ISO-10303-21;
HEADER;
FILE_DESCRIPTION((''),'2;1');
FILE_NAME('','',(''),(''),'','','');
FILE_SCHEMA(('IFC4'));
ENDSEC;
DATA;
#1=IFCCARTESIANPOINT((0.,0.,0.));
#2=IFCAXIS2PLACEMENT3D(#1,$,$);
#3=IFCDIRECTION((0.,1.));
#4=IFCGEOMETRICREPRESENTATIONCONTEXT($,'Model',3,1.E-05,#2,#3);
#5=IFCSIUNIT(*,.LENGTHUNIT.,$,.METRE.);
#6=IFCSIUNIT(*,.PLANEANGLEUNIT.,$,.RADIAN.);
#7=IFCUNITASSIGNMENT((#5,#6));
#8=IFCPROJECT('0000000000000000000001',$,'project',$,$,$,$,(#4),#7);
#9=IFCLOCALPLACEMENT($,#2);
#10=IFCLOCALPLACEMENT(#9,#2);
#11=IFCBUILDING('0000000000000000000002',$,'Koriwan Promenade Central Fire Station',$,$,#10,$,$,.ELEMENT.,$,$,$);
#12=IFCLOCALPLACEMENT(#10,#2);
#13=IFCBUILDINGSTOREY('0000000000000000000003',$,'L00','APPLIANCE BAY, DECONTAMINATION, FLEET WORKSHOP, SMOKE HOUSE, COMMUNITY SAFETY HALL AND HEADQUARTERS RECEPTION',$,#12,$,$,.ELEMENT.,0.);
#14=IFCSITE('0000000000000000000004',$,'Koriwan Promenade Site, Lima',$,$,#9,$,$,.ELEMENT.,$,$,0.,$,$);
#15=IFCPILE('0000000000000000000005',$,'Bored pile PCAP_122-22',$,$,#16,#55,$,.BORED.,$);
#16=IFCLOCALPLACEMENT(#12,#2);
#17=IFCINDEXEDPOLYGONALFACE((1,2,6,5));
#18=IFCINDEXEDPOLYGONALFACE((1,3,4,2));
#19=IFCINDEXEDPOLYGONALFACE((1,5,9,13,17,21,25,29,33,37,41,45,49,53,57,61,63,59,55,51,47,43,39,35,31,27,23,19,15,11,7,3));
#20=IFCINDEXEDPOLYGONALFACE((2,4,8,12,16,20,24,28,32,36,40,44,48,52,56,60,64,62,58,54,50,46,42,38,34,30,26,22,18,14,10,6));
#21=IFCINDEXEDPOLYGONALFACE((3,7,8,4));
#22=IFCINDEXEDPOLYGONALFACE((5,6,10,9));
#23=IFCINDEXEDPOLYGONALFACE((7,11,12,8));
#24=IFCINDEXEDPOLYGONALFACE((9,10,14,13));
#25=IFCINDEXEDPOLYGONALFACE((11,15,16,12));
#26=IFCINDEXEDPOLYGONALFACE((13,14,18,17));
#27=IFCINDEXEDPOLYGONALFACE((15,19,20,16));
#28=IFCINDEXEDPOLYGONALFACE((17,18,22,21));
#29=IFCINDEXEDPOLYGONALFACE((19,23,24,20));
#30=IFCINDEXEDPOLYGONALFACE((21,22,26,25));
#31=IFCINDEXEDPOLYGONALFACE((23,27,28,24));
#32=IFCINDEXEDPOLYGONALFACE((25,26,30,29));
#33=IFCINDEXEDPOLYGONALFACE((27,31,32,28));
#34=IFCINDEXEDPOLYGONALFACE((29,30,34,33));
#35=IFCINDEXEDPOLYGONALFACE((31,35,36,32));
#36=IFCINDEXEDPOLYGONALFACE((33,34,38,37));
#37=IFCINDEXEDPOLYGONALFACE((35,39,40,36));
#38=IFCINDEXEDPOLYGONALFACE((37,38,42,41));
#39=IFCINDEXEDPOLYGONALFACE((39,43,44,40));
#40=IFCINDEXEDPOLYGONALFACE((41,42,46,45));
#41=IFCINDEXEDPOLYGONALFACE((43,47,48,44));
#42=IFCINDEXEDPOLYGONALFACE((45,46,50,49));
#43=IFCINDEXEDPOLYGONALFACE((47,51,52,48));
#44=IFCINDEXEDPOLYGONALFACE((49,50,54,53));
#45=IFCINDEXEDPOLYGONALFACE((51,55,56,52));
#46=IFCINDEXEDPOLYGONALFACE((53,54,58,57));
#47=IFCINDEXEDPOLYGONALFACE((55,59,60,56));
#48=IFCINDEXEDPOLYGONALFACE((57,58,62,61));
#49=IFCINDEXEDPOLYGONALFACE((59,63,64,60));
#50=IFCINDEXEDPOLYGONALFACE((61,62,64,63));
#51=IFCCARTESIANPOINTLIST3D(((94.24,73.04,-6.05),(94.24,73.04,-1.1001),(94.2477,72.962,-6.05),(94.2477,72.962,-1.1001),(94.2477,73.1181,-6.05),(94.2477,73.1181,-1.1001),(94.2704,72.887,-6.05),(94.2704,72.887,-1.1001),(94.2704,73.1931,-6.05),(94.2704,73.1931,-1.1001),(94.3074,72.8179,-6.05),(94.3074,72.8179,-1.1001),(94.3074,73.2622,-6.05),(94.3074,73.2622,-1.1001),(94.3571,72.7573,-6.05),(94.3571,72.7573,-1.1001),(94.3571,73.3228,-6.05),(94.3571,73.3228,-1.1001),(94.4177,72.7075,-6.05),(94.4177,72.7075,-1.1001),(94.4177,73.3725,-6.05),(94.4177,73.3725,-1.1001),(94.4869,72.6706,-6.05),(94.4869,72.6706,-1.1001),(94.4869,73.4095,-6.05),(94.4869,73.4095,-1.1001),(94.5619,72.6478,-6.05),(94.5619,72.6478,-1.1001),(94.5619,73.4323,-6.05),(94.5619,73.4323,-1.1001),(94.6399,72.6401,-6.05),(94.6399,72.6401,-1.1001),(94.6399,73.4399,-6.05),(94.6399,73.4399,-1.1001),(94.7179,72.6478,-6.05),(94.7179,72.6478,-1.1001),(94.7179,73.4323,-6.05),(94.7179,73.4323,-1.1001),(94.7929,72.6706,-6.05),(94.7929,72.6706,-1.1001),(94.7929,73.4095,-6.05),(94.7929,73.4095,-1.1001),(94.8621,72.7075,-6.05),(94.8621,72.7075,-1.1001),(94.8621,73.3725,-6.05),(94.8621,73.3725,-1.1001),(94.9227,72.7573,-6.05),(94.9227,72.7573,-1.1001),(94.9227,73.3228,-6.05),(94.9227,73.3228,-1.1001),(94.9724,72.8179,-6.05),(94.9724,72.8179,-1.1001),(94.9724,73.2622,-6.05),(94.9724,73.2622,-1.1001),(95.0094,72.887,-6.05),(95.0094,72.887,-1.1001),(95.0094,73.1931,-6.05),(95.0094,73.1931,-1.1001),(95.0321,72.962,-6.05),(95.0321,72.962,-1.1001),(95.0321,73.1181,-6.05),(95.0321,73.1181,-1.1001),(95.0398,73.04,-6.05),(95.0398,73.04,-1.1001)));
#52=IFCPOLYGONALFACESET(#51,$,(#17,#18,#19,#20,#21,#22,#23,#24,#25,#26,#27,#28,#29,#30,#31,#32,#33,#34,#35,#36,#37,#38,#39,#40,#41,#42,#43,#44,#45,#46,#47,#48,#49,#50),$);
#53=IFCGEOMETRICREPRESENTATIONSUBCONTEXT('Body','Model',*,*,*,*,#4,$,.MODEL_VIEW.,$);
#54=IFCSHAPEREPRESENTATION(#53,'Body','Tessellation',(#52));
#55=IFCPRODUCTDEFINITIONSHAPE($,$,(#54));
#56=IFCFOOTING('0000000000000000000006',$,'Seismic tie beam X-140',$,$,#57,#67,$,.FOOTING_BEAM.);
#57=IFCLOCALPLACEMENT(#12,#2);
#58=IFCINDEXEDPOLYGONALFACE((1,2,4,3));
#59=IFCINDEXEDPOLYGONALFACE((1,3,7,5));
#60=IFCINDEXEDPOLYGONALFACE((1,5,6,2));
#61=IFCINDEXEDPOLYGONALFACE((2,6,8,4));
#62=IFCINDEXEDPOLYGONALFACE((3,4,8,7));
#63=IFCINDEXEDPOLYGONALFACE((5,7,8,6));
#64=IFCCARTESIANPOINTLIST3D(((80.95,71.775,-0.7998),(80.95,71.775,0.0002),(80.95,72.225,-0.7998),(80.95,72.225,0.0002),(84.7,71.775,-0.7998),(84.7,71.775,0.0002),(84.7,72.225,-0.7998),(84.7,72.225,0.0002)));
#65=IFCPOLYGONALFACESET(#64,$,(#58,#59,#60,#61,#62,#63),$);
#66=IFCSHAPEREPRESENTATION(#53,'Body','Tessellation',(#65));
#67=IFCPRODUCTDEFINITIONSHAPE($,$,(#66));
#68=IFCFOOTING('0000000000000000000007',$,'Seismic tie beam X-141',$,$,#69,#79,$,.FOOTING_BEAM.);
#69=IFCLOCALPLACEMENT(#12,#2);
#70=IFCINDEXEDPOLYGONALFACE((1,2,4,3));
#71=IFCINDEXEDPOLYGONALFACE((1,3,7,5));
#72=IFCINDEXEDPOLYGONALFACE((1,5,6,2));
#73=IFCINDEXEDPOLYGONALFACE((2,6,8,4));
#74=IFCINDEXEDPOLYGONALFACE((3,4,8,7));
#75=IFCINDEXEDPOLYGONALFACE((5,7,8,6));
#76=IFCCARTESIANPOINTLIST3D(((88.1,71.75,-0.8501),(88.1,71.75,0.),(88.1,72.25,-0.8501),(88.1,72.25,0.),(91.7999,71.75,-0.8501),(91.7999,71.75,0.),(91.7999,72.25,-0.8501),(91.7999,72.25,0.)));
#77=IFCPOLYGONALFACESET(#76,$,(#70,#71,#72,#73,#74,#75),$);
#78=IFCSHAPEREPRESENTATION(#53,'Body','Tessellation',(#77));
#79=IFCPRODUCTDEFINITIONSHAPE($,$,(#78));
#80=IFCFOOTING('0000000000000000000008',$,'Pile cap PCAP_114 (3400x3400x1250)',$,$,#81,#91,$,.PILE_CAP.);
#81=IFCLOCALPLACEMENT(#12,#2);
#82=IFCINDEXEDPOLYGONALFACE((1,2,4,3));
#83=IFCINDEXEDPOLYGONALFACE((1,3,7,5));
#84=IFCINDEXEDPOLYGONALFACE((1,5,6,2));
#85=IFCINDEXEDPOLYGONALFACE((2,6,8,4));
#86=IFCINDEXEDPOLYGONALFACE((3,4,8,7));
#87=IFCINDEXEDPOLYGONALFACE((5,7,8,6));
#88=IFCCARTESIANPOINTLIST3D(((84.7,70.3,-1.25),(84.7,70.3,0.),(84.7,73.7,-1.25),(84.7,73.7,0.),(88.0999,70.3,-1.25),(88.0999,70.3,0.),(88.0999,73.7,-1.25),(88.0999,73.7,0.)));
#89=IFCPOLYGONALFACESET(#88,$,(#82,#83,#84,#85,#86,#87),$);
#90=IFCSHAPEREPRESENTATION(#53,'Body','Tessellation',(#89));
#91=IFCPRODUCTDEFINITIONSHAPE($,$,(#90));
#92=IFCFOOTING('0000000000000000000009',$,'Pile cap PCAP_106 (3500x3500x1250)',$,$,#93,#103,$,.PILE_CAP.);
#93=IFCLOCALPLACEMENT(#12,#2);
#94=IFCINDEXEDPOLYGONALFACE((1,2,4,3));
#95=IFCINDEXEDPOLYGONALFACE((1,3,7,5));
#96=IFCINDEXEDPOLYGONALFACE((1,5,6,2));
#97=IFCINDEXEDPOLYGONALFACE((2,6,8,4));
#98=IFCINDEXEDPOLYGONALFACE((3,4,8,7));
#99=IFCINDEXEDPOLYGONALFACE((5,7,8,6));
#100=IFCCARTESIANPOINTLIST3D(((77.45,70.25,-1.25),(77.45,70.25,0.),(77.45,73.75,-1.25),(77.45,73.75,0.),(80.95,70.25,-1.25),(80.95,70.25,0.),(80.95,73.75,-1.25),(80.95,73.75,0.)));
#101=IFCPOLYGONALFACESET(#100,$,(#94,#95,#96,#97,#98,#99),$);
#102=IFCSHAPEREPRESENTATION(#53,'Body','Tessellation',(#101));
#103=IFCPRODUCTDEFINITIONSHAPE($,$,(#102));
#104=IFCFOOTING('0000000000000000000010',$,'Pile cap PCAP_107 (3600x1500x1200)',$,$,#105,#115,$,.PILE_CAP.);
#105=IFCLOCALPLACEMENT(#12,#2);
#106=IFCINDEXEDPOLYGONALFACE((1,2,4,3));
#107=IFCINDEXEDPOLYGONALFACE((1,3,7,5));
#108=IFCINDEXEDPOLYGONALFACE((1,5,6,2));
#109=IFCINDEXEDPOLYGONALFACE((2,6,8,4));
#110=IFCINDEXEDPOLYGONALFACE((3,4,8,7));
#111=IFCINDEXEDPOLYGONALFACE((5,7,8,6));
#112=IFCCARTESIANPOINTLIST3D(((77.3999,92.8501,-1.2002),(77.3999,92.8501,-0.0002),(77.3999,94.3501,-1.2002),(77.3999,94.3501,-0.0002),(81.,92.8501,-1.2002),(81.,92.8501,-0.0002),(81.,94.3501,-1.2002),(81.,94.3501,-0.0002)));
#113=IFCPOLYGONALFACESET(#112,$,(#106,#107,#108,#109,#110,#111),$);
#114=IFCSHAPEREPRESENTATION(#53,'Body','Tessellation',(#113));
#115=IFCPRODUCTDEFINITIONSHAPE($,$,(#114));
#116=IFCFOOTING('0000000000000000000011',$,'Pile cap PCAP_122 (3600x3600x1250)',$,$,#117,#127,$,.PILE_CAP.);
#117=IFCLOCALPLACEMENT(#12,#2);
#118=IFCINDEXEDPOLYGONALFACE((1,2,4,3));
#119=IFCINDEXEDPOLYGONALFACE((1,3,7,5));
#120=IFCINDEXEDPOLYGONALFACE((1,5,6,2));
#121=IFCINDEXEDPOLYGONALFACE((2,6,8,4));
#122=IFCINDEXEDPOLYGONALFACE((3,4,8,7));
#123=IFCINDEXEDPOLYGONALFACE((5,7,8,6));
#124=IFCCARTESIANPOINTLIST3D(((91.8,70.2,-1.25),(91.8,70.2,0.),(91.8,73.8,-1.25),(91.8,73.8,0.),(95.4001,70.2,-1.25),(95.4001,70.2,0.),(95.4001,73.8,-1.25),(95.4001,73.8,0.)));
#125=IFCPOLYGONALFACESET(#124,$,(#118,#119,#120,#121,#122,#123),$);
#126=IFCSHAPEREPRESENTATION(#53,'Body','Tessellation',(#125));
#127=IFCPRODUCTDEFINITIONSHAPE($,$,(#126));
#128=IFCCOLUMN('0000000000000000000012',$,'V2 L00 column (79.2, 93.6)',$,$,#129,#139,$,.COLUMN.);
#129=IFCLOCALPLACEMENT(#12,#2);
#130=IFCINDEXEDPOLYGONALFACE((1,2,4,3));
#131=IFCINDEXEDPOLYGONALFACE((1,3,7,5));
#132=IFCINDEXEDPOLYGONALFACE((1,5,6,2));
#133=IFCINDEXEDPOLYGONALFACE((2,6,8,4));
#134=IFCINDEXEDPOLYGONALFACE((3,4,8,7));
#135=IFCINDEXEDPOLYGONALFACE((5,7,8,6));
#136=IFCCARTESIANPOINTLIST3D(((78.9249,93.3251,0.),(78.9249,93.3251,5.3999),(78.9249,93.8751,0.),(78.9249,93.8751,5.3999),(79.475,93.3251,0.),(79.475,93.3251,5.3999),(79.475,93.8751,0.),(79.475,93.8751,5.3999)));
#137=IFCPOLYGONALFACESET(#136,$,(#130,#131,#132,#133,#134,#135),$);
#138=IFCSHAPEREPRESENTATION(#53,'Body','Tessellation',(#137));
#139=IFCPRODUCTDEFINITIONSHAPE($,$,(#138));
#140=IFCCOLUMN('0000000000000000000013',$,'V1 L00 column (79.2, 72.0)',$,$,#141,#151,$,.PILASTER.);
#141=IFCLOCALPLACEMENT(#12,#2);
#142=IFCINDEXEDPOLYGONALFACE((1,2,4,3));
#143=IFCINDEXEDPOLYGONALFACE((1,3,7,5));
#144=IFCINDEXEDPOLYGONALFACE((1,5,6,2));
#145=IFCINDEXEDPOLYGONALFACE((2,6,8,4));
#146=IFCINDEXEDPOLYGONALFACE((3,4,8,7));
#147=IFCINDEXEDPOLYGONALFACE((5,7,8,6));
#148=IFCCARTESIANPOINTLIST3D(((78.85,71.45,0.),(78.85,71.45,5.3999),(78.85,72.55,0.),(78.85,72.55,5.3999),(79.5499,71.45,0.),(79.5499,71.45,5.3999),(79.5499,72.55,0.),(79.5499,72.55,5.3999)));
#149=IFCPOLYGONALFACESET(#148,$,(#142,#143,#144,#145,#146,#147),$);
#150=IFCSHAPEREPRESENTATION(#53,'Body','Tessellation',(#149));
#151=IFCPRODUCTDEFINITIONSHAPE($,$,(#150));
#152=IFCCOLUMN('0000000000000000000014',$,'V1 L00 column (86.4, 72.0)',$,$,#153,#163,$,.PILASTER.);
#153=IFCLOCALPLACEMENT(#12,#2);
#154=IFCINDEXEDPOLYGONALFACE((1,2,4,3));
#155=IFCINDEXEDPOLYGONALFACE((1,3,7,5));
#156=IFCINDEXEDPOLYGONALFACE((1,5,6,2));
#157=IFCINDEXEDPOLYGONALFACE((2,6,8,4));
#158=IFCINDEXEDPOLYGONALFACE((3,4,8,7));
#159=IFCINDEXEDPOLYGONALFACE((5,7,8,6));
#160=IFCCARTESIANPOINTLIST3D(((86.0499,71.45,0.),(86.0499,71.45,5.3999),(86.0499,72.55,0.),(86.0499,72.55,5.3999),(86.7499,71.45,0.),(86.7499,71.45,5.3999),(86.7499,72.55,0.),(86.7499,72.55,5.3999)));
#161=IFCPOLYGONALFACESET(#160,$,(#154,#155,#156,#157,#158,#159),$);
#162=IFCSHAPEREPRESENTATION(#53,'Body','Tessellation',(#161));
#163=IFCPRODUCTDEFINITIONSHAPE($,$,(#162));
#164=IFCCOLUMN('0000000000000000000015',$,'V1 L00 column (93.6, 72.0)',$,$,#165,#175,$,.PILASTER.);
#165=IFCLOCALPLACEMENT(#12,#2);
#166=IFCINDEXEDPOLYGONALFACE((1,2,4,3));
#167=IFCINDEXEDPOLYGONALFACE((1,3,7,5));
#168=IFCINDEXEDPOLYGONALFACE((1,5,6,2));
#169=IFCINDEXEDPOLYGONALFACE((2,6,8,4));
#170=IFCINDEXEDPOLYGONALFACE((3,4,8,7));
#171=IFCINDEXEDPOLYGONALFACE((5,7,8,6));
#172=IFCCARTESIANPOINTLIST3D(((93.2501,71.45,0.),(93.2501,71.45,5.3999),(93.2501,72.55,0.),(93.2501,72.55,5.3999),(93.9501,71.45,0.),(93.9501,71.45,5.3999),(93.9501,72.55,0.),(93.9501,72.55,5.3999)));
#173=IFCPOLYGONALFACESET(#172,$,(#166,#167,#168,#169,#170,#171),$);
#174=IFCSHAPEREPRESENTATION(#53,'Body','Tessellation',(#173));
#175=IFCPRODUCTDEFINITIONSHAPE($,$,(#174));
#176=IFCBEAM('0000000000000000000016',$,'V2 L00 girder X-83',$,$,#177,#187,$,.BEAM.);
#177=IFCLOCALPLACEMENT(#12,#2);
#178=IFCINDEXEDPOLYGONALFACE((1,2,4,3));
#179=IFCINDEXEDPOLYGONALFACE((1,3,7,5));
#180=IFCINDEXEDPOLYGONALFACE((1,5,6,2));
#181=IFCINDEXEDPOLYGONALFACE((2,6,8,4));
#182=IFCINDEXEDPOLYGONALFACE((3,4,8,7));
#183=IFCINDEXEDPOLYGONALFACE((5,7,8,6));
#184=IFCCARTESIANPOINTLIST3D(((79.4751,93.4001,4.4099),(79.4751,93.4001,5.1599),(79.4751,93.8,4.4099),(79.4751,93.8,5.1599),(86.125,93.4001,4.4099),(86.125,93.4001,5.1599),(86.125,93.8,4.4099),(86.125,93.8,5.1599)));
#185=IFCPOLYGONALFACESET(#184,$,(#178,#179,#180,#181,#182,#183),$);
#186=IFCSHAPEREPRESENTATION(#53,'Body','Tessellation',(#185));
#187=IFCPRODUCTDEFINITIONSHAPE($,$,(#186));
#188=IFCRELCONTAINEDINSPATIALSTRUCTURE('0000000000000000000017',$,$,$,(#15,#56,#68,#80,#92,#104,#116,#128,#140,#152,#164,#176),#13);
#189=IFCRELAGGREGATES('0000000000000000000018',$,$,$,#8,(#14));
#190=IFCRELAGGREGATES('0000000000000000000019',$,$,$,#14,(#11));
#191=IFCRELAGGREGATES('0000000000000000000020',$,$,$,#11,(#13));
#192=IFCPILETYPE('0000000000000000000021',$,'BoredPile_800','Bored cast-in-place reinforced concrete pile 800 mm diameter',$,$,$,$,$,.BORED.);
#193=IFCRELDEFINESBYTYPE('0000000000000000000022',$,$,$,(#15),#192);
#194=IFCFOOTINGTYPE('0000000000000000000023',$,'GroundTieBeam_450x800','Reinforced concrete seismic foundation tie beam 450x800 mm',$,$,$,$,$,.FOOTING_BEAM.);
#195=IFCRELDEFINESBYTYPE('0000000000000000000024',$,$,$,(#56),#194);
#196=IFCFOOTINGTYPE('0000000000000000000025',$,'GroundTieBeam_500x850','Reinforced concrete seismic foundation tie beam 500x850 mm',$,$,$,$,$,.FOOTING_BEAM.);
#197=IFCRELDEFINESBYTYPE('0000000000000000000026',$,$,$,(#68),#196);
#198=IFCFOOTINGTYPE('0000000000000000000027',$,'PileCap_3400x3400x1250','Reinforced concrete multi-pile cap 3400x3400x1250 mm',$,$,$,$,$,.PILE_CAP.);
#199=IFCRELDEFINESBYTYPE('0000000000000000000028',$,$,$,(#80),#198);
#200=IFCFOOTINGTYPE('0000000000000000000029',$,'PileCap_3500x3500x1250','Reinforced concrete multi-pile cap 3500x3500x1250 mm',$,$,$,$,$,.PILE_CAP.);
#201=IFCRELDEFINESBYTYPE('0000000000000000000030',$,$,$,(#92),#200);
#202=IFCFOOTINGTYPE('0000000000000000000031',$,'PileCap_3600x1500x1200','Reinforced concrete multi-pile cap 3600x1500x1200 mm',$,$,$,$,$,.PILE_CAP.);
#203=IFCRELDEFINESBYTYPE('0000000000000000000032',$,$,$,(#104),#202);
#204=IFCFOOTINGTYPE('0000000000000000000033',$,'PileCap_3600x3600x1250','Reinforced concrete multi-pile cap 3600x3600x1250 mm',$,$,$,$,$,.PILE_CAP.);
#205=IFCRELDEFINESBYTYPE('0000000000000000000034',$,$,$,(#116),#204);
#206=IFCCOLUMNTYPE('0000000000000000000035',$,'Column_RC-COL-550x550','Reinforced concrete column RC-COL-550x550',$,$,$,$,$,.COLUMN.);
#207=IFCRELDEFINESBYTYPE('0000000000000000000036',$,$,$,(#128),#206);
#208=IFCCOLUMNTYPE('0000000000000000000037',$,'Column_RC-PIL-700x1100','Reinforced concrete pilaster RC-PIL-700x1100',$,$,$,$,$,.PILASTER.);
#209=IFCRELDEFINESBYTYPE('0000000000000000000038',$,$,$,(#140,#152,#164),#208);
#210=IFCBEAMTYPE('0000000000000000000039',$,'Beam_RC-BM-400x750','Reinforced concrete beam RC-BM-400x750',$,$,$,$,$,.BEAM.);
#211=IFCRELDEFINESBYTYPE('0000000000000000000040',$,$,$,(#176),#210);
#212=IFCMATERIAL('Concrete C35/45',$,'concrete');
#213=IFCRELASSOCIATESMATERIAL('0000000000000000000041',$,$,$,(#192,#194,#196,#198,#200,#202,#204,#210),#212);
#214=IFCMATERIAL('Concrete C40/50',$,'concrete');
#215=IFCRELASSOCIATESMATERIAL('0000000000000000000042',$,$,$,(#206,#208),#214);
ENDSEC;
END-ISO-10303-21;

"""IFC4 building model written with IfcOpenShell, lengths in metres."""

from ifc_helpers import new_model, si_unit, direction, frame, origin, origin_2d, place, context, subcontext, project, spatial, rectangle, circle, extrude, material, material_profile, profile_set, type_object, element, save


model = new_model("IFC4")

# Units and contexts
model_context = context("Model", 3, precision=1e-05, world=origin(), true_north=direction((0.0, 1.0)))
body_context = subcontext(model_context, "Body", "Model", "MODEL_VIEW")
ifc_project = project(units=[si_unit("LENGTHUNIT", "METRE"), si_unit("PLANEANGLEUNIT", "RADIAN")], contexts=[model_context])

# Site, building, storey
site_placement = place(None, origin())
site = spatial("IfcSite", under=ifc_project, at=site_placement, Name="Koriwan Promenade Site, Lima", CompositionType="ELEMENT", RefElevation=0.0)
building_placement = place(site_placement, origin())
building = spatial("IfcBuilding", under=site, at=building_placement, Name="Koriwan Promenade Central Fire Station", CompositionType="ELEMENT")
storey_placement = place(building_placement, origin())
storey = spatial("IfcBuildingStorey", under=building, at=storey_placement, Name="L00", Description="APPLIANCE BAY, DECONTAMINATION, FLEET WORKSHOP, SMOKE HOUSE, COMMUNITY SAFETY HALL AND HEADQUARTERS RECEPTION", CompositionType="ELEMENT", Elevation=0.0)

# Pile
ifc_material_1 = material(Name="Concrete C35/45", Category="concrete")
ifc_material_profile_1 = material_profile(ifc_material_1, circle(Radius=0.3999, at=origin_2d()), Name="PILE-D800")
ifc_profile_set_1 = profile_set([ifc_material_profile_1], Name="Concrete C35/45")
pile_type = type_object("IfcPileType", Name="BoredPile_800", Description="Bored cast-in-place reinforced concrete pile 800 mm diameter", PredefinedType="BORED", material=ifc_profile_set_1)
for number, where, z_axis, x_axis, name in (
    (1, (94.6399, 73.04, -1.1001), (0.0, 0.0, -1.0), (1.0, 0.0, 0.0), "Bored pile PCAP_122-22"),
):
    element("IfcPile", number, at=place(storey_placement, frame(where, z_axis=z_axis, x_axis=x_axis)), inside=storey, type_object=pile_type, Name=name, PredefinedType="BORED", context=body_context, shape_type="SweptSolid", body=[
        extrude(circle(Radius=0.3999, at=origin_2d()), origin(), (0.0, 0.0, 1.0), 4.95),
    ])

# Footings
footing_type_1 = type_object("IfcFootingType", Name="GroundTieBeam_450x800", Description="Reinforced concrete seismic foundation tie beam 450x800 mm", PredefinedType="FOOTING_BEAM", material=ifc_material_1)
footing_1_placement = place(storey_placement, frame((82.825, 72.0, -0.7998), z_axis=(0.0, 0.0, 1.0), x_axis=(1.0, 0.0, 0.0)))
element("IfcFooting", 2, at=footing_1_placement, inside=storey, type_object=footing_type_1, Name="Seismic tie beam X-140", PredefinedType="FOOTING_BEAM", context=body_context, shape_type="SweptSolid", body=[
    extrude(rectangle(XDim=3.75, YDim=0.45, at=origin_2d()), origin(), (0.0, 0.0, 1.0), 0.8),
])
footing_type_2 = type_object("IfcFootingType", Name="GroundTieBeam_500x850", Description="Reinforced concrete seismic foundation tie beam 500x850 mm", PredefinedType="FOOTING_BEAM", material=ifc_material_1)
footing_2_placement = place(storey_placement, frame((89.95, 72.0, -0.8501), z_axis=(0.0, 0.0, 1.0), x_axis=(1.0, 0.0, 0.0)))
element("IfcFooting", 3, at=footing_2_placement, inside=storey, type_object=footing_type_2, Name="Seismic tie beam X-141", PredefinedType="FOOTING_BEAM", context=body_context, shape_type="SweptSolid", body=[
    extrude(rectangle(XDim=3.7, YDim=0.5, at=origin_2d()), origin(), (0.0, 0.0, 1.0), 0.8501),
])
footing_type_3 = type_object("IfcFootingType", Name="PileCap_3400x3400x1250", Description="Reinforced concrete multi-pile cap 3400x3400x1250 mm", PredefinedType="PILE_CAP", material=ifc_material_1)
footing_3_placement = place(storey_placement, frame((86.3999, 72.0, -1.25), z_axis=(0.0, 0.0, 1.0), x_axis=(1.0, 0.0, 0.0)))
element("IfcFooting", 4, at=footing_3_placement, inside=storey, type_object=footing_type_3, Name="Pile cap PCAP_114 (3400x3400x1250)", PredefinedType="PILE_CAP", context=body_context, shape_type="SweptSolid", body=[
    extrude(rectangle(XDim=3.3999, YDim=3.3999, at=origin_2d()), origin(), (0.0, 0.0, 1.0), 1.25),
])
footing_type_4 = type_object("IfcFootingType", Name="PileCap_3500x3500x1250", Description="Reinforced concrete multi-pile cap 3500x3500x1250 mm", PredefinedType="PILE_CAP", material=ifc_material_1)
footing_4_placement = place(storey_placement, frame((79.2, 72.0, -1.25), z_axis=(0.0, 0.0, 1.0), x_axis=(1.0, 0.0, 0.0)))
element("IfcFooting", 5, at=footing_4_placement, inside=storey, type_object=footing_type_4, Name="Pile cap PCAP_106 (3500x3500x1250)", PredefinedType="PILE_CAP", context=body_context, shape_type="SweptSolid", body=[
    extrude(rectangle(XDim=3.5, YDim=3.5, at=origin_2d()), origin(), (0.0, 0.0, 1.0), 1.25),
])
footing_type_5 = type_object("IfcFootingType", Name="PileCap_3600x1500x1200", Description="Reinforced concrete multi-pile cap 3600x1500x1200 mm", PredefinedType="PILE_CAP", material=ifc_material_1)
footing_5_placement = place(storey_placement, frame((79.2, 93.6001, -1.2002), z_axis=(0.0, 0.0, 1.0), x_axis=(1.0, 0.0, 0.0)))
element("IfcFooting", 6, at=footing_5_placement, inside=storey, type_object=footing_type_5, Name="Pile cap PCAP_107 (3600x1500x1200)", PredefinedType="PILE_CAP", context=body_context, shape_type="SweptSolid", body=[
    extrude(rectangle(XDim=3.6001, YDim=1.5, at=origin_2d()), origin(), (0.0, 0.0, 1.0), 1.2),
])
footing_type_6 = type_object("IfcFootingType", Name="PileCap_3600x3600x1250", Description="Reinforced concrete multi-pile cap 3600x3600x1250 mm", PredefinedType="PILE_CAP", material=ifc_material_1)
footing_6_placement = place(storey_placement, frame((93.6001, 72.0, -1.25), z_axis=(0.0, 0.0, 1.0), x_axis=(1.0, 0.0, 0.0)))
element("IfcFooting", 7, at=footing_6_placement, inside=storey, type_object=footing_type_6, Name="Pile cap PCAP_122 (3600x3600x1250)", PredefinedType="PILE_CAP", context=body_context, shape_type="SweptSolid", body=[
    extrude(rectangle(XDim=3.6001, YDim=3.6001, at=origin_2d()), origin(), (0.0, 0.0, 1.0), 1.25),
])

# Columns
ifc_material_2 = material(Name="Concrete C40/50", Category="concrete")
ifc_material_profile_2 = material_profile(ifc_material_2, rectangle(XDim=0.55, YDim=0.55, at=origin_2d()), Name="RC-COL-550x550")
ifc_profile_set_2 = profile_set([ifc_material_profile_2], Name="Concrete C40/50")
column_type_1 = type_object("IfcColumnType", Name="Column_RC-COL-550x550", Description="Reinforced concrete column RC-COL-550x550", PredefinedType="COLUMN", material=ifc_profile_set_2)
column_placement = place(storey_placement, frame((79.2, 93.6001, 0.0), z_axis=(0.0, 0.0, 1.0), x_axis=(1.0, 0.0, 0.0)))
element("IfcColumn", 8, at=column_placement, inside=storey, type_object=column_type_1, Name="V2 L00 column (79.2, 93.6)", PredefinedType="COLUMN", context=body_context, shape_type="SweptSolid", body=[
    extrude(rectangle(XDim=0.55, YDim=0.55, at=origin_2d()), origin(), (0.0, 0.0, 1.0), 5.3999),
])
ifc_material_profile_3 = material_profile(ifc_material_2, rectangle(XDim=0.7, YDim=1.1001, at=origin_2d()), Name="RC-PIL-700x1100")
ifc_profile_set_3 = profile_set([ifc_material_profile_3], Name="Concrete C40/50")
column_type_2 = type_object("IfcColumnType", Name="Column_RC-PIL-700x1100", Description="Reinforced concrete pilaster RC-PIL-700x1100", PredefinedType="PILASTER", material=ifc_profile_set_3)
for number, where, z_axis, x_axis, name in (
    (9, (79.2, 72.0, 0.0), (0.0, 0.0, 1.0), (1.0, 0.0, 0.0), "V1 L00 column (79.2, 72.0)"),
    (10, (86.3999, 72.0, 0.0), (0.0, 0.0, 1.0), (1.0, 0.0, 0.0), "V1 L00 column (86.4, 72.0)"),
    (11, (93.6001, 72.0, 0.0), (0.0, 0.0, 1.0), (1.0, 0.0, 0.0), "V1 L00 column (93.6, 72.0)"),
):
    element("IfcColumn", number, at=place(storey_placement, frame(where, z_axis=z_axis, x_axis=x_axis)), inside=storey, type_object=column_type_2, Name=name, PredefinedType="PILASTER", context=body_context, shape_type="SweptSolid", body=[
        extrude(rectangle(XDim=0.7, YDim=1.1001, at=origin_2d()), origin(), (0.0, 0.0, 1.0), 5.3999),
    ])

# Beam
ifc_material_profile_4 = material_profile(ifc_material_1, rectangle(XDim=0.3999, YDim=0.75, at=origin_2d()), Name="RC-BM-400x750")
ifc_profile_set_4 = profile_set([ifc_material_profile_4], Name="Concrete C35/45")
beam_type_1 = type_object("IfcBeamType", Name="Beam_RC-BM-400x750", Description="Reinforced concrete beam RC-BM-400x750", PredefinedType="BEAM", material=ifc_profile_set_4)
beam_placement = place(storey_placement, frame((79.4751, 93.6001, 4.7849), z_axis=(1.0, 0.0, 0.0), x_axis=(0.0, 1.0, 0.0)))
element("IfcBeam", 12, at=beam_placement, inside=storey, type_object=beam_type_1, Name="V2 L00 girder X-83", PredefinedType="BEAM", context=body_context, shape_type="SweptSolid", body=[
    extrude(rectangle(XDim=0.3999, YDim=0.75, at=origin_2d()), origin(), (0.0, 0.0, 1.0), 6.6499),
])

save(model, "model.ifc")
